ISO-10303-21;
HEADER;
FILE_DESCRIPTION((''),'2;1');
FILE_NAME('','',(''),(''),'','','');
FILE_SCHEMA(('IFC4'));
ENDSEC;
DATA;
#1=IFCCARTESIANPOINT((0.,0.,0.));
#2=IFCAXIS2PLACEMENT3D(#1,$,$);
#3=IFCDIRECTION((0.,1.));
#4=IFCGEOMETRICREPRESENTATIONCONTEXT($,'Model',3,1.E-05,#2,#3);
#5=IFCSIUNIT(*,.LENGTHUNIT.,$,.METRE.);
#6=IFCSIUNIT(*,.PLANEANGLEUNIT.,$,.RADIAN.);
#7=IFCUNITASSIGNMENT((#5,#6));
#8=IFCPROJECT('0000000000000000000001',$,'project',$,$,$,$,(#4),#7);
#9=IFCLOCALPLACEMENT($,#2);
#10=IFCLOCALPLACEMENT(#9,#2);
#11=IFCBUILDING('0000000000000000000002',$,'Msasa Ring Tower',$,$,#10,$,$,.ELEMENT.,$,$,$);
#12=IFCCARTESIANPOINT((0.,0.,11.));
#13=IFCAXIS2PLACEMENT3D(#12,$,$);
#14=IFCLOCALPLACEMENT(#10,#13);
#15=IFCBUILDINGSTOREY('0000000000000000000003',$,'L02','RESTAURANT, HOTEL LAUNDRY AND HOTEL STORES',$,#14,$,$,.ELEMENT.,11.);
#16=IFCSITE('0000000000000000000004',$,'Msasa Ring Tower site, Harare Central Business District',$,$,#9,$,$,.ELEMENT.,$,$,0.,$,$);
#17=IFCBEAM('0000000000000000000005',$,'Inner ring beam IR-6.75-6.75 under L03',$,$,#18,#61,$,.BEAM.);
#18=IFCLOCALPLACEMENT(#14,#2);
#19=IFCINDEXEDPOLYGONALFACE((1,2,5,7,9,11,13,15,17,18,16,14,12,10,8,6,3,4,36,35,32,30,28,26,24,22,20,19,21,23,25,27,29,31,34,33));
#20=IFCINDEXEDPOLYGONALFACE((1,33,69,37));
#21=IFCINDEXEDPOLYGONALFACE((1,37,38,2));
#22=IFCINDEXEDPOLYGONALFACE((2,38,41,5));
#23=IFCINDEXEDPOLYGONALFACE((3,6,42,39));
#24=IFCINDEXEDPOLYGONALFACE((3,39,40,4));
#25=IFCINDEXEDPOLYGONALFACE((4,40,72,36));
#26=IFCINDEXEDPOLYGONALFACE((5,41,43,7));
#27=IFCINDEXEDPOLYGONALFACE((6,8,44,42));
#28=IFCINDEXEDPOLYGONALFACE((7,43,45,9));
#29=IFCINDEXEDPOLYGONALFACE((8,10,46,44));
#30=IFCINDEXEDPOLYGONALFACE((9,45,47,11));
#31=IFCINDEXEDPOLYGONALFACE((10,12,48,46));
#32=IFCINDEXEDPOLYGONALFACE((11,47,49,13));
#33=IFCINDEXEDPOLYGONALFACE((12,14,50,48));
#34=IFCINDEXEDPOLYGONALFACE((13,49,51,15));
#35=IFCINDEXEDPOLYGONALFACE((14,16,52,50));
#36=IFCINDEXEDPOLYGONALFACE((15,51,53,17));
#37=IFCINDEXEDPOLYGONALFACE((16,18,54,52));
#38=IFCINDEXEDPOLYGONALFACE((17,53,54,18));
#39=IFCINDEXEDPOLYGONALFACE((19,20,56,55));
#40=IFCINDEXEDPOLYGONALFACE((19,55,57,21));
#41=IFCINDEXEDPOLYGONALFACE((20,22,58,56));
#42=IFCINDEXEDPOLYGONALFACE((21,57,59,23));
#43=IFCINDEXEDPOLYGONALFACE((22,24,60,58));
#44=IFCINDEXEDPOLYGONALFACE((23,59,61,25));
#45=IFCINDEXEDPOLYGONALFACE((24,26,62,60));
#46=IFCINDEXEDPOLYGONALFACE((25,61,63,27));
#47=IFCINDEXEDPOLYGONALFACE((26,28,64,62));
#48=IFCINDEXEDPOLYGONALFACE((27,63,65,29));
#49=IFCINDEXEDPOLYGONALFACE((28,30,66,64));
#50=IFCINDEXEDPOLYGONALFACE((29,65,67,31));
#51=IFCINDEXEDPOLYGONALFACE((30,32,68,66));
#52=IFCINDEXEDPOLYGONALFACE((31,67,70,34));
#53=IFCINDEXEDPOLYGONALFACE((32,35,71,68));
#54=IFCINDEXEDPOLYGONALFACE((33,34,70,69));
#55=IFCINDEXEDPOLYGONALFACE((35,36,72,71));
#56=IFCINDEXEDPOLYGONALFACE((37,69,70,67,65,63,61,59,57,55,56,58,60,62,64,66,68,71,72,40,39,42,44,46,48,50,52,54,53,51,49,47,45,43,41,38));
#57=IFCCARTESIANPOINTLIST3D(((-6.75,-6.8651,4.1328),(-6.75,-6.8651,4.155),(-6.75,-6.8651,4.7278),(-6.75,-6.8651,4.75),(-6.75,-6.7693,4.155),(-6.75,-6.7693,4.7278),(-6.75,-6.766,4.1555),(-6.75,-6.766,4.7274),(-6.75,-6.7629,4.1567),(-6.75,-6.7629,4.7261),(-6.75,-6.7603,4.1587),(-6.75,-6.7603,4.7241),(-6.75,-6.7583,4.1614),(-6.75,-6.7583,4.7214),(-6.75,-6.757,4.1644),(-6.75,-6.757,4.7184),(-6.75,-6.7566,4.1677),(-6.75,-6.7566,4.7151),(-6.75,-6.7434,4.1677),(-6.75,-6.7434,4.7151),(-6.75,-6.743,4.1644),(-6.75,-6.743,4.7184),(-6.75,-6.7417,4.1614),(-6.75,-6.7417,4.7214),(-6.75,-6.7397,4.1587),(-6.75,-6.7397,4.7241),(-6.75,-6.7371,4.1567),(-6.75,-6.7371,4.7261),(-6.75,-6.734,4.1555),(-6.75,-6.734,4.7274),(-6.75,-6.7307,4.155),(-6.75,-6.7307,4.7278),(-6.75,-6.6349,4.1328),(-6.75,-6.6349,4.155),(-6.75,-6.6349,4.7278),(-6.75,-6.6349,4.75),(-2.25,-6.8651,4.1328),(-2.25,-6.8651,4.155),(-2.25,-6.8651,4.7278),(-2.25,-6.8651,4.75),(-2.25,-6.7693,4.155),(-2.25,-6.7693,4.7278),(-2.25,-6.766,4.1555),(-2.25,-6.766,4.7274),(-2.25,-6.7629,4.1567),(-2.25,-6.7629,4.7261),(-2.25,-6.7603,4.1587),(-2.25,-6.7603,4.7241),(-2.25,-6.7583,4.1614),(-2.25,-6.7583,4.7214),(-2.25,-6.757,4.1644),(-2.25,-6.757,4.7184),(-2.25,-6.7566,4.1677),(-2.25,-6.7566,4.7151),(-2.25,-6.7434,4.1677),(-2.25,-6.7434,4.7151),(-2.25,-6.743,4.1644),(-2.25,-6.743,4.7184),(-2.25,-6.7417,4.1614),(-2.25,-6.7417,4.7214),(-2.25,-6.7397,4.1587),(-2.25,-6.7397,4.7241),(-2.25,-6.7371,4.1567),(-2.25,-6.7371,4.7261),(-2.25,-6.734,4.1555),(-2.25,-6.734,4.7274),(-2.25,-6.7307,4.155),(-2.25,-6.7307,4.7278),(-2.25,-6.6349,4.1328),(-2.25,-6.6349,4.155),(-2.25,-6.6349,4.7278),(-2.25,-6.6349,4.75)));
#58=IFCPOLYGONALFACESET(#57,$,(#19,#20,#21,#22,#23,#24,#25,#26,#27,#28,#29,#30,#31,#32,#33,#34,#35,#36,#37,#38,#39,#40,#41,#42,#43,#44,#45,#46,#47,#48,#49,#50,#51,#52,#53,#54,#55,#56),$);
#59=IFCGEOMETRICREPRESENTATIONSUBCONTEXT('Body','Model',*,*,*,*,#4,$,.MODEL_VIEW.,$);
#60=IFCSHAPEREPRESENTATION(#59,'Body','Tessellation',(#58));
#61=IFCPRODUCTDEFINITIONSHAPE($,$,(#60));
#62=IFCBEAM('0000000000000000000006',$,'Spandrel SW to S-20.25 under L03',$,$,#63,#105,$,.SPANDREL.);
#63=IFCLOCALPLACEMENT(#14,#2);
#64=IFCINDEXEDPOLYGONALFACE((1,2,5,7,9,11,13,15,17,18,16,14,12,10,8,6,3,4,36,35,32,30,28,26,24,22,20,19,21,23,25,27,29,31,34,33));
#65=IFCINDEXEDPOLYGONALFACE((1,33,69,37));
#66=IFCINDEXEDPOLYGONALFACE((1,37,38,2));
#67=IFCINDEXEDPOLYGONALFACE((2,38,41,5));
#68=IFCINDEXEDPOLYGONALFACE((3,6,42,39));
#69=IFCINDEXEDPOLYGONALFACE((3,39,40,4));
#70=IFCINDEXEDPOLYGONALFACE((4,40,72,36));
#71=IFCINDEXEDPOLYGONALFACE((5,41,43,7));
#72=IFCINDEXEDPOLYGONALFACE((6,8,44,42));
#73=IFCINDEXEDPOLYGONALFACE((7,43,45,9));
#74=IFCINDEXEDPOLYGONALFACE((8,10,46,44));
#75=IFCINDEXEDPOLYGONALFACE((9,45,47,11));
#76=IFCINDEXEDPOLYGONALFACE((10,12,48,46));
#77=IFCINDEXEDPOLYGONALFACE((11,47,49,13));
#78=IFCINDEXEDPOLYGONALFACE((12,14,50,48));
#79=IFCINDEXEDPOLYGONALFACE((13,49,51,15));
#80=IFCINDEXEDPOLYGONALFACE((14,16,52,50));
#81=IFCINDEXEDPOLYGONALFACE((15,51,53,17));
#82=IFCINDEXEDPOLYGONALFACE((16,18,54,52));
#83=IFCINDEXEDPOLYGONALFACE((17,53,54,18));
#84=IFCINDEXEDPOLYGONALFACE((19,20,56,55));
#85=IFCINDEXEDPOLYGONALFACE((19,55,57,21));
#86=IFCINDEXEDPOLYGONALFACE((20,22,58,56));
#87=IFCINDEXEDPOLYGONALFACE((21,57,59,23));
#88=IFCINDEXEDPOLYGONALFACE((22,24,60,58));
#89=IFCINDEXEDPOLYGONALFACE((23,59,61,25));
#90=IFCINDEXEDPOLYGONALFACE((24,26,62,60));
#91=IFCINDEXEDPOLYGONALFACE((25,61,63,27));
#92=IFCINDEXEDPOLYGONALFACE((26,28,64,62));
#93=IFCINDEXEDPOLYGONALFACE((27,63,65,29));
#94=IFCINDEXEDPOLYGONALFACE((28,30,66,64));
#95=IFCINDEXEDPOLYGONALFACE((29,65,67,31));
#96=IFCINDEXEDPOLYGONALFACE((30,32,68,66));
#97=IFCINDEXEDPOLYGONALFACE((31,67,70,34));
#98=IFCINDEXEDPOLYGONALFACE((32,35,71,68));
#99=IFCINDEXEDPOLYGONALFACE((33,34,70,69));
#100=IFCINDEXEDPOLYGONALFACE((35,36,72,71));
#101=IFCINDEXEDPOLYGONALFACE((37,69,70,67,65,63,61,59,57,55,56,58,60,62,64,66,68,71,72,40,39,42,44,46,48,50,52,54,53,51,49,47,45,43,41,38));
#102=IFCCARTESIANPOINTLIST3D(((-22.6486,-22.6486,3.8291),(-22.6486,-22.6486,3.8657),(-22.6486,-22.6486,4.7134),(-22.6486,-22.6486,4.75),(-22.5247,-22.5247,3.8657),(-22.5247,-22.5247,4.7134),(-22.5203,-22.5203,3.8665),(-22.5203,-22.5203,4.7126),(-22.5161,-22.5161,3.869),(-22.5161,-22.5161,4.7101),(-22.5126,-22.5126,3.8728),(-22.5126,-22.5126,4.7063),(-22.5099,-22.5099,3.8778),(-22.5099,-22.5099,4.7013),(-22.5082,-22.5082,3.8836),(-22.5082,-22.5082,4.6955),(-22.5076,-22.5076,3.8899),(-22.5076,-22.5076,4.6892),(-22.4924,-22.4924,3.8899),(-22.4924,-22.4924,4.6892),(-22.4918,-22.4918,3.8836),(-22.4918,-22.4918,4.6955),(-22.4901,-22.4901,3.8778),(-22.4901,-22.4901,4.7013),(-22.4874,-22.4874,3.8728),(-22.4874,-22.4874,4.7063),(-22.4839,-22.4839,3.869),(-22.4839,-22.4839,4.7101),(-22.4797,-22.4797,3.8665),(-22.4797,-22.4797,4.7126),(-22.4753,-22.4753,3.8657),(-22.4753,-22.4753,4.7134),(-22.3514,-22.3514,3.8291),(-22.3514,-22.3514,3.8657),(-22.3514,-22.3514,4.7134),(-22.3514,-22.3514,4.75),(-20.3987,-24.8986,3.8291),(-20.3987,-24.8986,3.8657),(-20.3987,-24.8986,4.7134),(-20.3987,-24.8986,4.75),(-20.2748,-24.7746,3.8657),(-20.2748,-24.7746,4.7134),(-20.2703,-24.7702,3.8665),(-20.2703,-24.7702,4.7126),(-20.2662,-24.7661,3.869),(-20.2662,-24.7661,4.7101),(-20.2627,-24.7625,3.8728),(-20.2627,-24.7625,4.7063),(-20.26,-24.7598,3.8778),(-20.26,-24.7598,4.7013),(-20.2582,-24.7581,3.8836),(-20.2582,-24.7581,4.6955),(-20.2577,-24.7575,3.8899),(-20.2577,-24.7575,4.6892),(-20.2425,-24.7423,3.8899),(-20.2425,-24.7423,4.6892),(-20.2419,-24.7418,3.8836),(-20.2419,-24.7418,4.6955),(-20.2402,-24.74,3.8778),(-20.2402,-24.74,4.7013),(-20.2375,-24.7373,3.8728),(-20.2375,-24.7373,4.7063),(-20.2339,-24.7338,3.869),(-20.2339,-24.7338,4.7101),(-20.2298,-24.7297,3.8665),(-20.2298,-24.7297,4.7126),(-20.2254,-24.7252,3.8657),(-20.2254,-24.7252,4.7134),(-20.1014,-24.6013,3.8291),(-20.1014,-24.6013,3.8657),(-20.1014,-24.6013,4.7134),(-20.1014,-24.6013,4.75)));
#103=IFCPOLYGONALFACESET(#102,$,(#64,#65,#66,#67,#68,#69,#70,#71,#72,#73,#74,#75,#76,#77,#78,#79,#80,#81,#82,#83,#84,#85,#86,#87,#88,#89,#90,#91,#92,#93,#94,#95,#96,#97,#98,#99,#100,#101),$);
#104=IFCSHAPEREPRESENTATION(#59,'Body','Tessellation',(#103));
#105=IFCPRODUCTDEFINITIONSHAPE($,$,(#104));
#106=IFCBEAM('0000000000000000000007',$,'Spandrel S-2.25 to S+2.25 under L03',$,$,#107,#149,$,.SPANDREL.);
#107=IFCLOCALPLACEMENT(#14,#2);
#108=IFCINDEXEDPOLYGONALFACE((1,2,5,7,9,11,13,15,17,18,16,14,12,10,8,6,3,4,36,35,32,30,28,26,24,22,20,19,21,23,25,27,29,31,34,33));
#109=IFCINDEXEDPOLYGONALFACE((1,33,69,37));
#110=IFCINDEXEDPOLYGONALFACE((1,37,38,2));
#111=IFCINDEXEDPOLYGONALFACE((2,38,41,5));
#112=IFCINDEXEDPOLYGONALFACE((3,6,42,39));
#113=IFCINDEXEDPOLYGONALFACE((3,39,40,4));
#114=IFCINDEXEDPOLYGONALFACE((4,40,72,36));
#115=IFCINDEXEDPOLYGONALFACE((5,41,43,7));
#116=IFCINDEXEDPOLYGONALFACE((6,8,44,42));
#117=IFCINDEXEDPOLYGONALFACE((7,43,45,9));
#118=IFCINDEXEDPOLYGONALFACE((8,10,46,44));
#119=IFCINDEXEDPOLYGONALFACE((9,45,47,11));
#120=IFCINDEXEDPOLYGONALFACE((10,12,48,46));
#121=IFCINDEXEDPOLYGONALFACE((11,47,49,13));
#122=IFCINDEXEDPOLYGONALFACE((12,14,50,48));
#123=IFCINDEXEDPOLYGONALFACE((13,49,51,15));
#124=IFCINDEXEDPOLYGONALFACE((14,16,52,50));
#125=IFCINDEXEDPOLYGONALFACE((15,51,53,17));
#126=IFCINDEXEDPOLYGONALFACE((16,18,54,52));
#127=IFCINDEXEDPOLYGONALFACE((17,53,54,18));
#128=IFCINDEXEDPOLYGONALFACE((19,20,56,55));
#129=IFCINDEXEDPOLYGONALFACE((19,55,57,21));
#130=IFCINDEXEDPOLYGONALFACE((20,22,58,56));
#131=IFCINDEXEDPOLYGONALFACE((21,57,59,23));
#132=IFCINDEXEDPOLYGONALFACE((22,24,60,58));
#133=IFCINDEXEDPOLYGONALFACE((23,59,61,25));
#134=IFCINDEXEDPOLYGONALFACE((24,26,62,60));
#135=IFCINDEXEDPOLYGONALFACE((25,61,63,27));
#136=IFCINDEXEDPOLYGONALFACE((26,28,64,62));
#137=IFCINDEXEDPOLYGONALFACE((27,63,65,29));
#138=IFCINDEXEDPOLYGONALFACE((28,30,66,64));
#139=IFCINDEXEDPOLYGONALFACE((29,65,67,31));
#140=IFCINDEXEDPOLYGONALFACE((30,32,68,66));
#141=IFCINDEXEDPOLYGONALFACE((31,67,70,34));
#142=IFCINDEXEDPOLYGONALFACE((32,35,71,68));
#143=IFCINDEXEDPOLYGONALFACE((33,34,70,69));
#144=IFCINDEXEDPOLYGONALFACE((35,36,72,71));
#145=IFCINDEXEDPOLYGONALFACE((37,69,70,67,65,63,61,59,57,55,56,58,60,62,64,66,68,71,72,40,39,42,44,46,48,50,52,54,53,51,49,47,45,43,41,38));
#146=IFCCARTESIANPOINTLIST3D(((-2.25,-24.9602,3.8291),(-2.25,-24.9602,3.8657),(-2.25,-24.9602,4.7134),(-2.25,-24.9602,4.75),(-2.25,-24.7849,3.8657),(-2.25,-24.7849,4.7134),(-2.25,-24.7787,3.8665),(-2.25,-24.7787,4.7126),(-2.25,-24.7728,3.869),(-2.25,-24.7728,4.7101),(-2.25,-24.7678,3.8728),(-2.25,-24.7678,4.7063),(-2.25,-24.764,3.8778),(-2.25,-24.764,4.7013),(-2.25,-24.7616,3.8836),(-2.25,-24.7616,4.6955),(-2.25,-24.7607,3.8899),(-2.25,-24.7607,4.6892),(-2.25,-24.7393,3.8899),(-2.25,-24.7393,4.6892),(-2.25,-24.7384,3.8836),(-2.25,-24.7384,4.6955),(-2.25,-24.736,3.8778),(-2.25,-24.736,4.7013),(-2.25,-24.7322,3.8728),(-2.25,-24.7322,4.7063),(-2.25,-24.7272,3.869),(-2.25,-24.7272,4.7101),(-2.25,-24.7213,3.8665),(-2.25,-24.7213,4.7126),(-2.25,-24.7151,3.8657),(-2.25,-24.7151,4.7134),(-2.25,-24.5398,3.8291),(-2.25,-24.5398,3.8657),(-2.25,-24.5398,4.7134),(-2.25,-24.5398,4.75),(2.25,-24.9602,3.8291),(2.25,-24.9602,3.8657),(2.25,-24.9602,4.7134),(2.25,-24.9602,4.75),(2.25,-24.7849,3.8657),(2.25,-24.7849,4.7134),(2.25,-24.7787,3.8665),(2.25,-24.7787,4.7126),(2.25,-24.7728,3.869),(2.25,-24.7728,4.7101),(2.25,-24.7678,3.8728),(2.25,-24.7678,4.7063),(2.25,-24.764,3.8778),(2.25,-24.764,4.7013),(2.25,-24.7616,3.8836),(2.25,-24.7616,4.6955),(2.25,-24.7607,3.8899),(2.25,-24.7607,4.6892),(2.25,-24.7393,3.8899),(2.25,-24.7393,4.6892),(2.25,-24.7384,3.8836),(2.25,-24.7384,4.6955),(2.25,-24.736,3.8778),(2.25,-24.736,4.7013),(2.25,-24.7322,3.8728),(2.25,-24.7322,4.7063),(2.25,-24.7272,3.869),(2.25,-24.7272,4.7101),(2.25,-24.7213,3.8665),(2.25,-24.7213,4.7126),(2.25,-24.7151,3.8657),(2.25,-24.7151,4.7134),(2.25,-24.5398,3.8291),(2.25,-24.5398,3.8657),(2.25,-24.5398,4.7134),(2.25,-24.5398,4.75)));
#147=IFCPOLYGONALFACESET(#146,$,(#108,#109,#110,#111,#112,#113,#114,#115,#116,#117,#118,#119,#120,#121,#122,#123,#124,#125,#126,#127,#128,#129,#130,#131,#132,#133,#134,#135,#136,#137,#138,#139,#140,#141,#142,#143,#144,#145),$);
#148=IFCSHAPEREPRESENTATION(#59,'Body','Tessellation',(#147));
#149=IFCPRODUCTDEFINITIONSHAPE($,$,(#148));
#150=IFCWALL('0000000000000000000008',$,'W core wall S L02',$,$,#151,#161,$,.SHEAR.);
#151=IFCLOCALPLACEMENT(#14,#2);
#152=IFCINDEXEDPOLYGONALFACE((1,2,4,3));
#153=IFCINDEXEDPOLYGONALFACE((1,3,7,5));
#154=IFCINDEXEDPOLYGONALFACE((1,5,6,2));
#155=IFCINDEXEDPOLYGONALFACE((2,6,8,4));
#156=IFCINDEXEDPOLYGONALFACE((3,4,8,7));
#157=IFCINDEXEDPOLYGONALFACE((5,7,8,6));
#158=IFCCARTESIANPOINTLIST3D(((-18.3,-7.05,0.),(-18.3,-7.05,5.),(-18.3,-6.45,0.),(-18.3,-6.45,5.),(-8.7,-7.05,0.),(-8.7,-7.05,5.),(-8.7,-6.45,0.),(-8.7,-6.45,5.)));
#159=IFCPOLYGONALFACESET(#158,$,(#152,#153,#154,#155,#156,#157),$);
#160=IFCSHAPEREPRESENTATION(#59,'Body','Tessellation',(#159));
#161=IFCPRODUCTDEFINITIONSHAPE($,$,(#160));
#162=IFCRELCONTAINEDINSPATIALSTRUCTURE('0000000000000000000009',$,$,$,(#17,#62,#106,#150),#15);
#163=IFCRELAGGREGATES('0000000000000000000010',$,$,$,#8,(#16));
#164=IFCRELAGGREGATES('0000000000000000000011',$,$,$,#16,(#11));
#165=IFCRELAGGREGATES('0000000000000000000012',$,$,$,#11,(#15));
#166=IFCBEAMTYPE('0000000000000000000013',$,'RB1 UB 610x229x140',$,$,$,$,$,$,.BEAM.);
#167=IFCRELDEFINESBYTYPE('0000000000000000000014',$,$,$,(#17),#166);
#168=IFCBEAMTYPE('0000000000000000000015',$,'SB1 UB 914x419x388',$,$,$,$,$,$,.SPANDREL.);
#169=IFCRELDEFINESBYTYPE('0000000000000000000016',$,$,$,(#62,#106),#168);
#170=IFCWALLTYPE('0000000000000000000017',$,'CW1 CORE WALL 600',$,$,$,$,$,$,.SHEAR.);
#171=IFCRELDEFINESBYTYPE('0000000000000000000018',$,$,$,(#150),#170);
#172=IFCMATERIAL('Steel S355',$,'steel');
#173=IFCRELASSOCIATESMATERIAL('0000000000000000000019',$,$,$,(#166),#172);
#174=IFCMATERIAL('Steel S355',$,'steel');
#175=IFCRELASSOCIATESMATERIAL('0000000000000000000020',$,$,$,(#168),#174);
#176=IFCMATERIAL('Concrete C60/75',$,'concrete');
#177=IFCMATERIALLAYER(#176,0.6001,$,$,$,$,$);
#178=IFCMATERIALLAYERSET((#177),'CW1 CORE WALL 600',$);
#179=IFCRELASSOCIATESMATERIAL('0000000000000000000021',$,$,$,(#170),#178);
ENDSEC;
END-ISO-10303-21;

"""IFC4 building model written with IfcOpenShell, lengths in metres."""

from ifc_helpers import new_model, si_unit, direction, frame, frame_2d, origin, origin_2d, place, context, subcontext, project, spatial, rectangle, i_section, extrude, material, layer, layer_set, material_profile, profile_set, type_object, element, save


model = new_model("IFC4")

# Units and contexts
model_context = context("Model", 3, precision=1e-05, world=origin(), true_north=direction((0.0, 1.0)))
body_context = subcontext(model_context, "Body", "Model", "MODEL_VIEW")
ifc_project = project(units=[si_unit("LENGTHUNIT", "METRE"), si_unit("PLANEANGLEUNIT", "RADIAN")], contexts=[model_context])

# Site, building, storey
site_placement = place(None, origin())
site = spatial("IfcSite", under=ifc_project, at=site_placement, Name="Msasa Ring Tower site, Harare Central Business District", CompositionType="ELEMENT", RefElevation=0.0)
building_placement = place(site_placement, origin())
building = spatial("IfcBuilding", under=site, at=building_placement, Name="Msasa Ring Tower", CompositionType="ELEMENT")
storey_placement = place(building_placement, frame((0.0, 0.0, 11.0)))
storey = spatial("IfcBuildingStorey", under=building, at=storey_placement, Name="L02", Description="RESTAURANT, HOTEL LAUNDRY AND HOTEL STORES", CompositionType="ELEMENT", Elevation=11.0)

# Beams
ifc_material_1 = material(Name="Steel S355", Category="steel")
ifc_material_profile_1 = material_profile(ifc_material_1, i_section(OverallWidth=0.2302, OverallDepth=0.6172, WebThickness=0.0132, FlangeThickness=0.0222, FilletRadius=0.0127, at=origin_2d()), Name="UB 610x229x140")
ifc_profile_set_1 = profile_set([ifc_material_profile_1], Name="Steel S355")
beam_type_1 = type_object("IfcBeamType", Name="RB1 UB 610x229x140", PredefinedType="BEAM", material=ifc_profile_set_1)
beam_1_placement = place(storey_placement, frame((-6.75, -6.75, 4.4414), z_axis=(1.0, 0.0, 0.0), x_axis=(0.0, 1.0, 0.0)))
element("IfcBeam", 1, at=beam_1_placement, inside=storey, type_object=beam_type_1, Name="Inner ring beam IR-6.75-6.75 under L03", PredefinedType="BEAM", context=body_context, shape_type="SweptSolid", body=[
    extrude(i_section(OverallWidth=0.2302, OverallDepth=0.6172, WebThickness=0.0132, FlangeThickness=0.0222, FilletRadius=0.0127, at=origin_2d()), origin(), (0.0, 0.0, 1.0), 4.5),
])
ifc_material_2 = material(Name="Steel S355", Category="steel")
ifc_material_profile_2 = material_profile(ifc_material_2, i_section(OverallWidth=0.4204, OverallDepth=0.9209, WebThickness=0.0215, FlangeThickness=0.0366, FilletRadius=0.0242, at=origin_2d()), Name="UB 914x419x388")
ifc_profile_set_2 = profile_set([ifc_material_profile_2], Name="Steel S355")
beam_type_2 = type_object("IfcBeamType", Name="SB1 UB 914x419x388", PredefinedType="SPANDREL", material=ifc_profile_set_2)
beam_2_placement = place(storey_placement, frame((-22.5, -22.5, 4.2896), z_axis=(0.707107, -0.707107, 0.0), x_axis=(0.707107, 0.707107, 0.0)))
element("IfcBeam", 2, at=beam_2_placement, inside=storey, type_object=beam_type_2, Name="Spandrel SW to S-20.25 under L03", PredefinedType="SPANDREL", context=body_context, shape_type="SweptSolid", body=[
    extrude(i_section(OverallWidth=0.4204, OverallDepth=0.9209, WebThickness=0.0215, FlangeThickness=0.0366, FilletRadius=0.0242, at=origin_2d()), origin(), (0.0, 0.0, 1.0), 3.1819),
])
beam_3_placement = place(storey_placement, frame((-2.25, -24.75, 4.2896), z_axis=(1.0, 0.0, 0.0), x_axis=(0.0, 1.0, 0.0)))
element("IfcBeam", 3, at=beam_3_placement, inside=storey, type_object=beam_type_2, Name="Spandrel S-2.25 to S+2.25 under L03", PredefinedType="SPANDREL", context=body_context, shape_type="SweptSolid", body=[
    extrude(i_section(OverallWidth=0.4204, OverallDepth=0.9209, WebThickness=0.0215, FlangeThickness=0.0366, FilletRadius=0.0242, at=origin_2d()), origin(), (0.0, 0.0, 1.0), 4.5),
])

# Wall
ifc_material_3 = material(Name="Concrete C60/75", Category="concrete")
ifc_layer_1 = layer(ifc_material_3, 0.6001)
ifc_layer_set_1 = layer_set([ifc_layer_1], Name="CW1 CORE WALL 600")
wall_type_1 = type_object("IfcWallType", Name="CW1 CORE WALL 600", PredefinedType="SHEAR", material=ifc_layer_set_1)
wall_1_placement = place(storey_placement, frame((-8.7, -6.75, 0.0), z_axis=(0.0, 0.0, 1.0), x_axis=(-1.0, 0.0, 0.0)))
element("IfcWall", 4, at=wall_1_placement, inside=storey, type_object=wall_type_1, Name="W core wall S L02", PredefinedType="SHEAR", context=body_context, shape_type="SweptSolid", body=[
    extrude(rectangle(XDim=9.6001, YDim=0.6001, at=frame_2d((4.8, 0.0))), origin(), (0.0, 0.0, 1.0), 5.0),
])

save(model, "model.ifc")
